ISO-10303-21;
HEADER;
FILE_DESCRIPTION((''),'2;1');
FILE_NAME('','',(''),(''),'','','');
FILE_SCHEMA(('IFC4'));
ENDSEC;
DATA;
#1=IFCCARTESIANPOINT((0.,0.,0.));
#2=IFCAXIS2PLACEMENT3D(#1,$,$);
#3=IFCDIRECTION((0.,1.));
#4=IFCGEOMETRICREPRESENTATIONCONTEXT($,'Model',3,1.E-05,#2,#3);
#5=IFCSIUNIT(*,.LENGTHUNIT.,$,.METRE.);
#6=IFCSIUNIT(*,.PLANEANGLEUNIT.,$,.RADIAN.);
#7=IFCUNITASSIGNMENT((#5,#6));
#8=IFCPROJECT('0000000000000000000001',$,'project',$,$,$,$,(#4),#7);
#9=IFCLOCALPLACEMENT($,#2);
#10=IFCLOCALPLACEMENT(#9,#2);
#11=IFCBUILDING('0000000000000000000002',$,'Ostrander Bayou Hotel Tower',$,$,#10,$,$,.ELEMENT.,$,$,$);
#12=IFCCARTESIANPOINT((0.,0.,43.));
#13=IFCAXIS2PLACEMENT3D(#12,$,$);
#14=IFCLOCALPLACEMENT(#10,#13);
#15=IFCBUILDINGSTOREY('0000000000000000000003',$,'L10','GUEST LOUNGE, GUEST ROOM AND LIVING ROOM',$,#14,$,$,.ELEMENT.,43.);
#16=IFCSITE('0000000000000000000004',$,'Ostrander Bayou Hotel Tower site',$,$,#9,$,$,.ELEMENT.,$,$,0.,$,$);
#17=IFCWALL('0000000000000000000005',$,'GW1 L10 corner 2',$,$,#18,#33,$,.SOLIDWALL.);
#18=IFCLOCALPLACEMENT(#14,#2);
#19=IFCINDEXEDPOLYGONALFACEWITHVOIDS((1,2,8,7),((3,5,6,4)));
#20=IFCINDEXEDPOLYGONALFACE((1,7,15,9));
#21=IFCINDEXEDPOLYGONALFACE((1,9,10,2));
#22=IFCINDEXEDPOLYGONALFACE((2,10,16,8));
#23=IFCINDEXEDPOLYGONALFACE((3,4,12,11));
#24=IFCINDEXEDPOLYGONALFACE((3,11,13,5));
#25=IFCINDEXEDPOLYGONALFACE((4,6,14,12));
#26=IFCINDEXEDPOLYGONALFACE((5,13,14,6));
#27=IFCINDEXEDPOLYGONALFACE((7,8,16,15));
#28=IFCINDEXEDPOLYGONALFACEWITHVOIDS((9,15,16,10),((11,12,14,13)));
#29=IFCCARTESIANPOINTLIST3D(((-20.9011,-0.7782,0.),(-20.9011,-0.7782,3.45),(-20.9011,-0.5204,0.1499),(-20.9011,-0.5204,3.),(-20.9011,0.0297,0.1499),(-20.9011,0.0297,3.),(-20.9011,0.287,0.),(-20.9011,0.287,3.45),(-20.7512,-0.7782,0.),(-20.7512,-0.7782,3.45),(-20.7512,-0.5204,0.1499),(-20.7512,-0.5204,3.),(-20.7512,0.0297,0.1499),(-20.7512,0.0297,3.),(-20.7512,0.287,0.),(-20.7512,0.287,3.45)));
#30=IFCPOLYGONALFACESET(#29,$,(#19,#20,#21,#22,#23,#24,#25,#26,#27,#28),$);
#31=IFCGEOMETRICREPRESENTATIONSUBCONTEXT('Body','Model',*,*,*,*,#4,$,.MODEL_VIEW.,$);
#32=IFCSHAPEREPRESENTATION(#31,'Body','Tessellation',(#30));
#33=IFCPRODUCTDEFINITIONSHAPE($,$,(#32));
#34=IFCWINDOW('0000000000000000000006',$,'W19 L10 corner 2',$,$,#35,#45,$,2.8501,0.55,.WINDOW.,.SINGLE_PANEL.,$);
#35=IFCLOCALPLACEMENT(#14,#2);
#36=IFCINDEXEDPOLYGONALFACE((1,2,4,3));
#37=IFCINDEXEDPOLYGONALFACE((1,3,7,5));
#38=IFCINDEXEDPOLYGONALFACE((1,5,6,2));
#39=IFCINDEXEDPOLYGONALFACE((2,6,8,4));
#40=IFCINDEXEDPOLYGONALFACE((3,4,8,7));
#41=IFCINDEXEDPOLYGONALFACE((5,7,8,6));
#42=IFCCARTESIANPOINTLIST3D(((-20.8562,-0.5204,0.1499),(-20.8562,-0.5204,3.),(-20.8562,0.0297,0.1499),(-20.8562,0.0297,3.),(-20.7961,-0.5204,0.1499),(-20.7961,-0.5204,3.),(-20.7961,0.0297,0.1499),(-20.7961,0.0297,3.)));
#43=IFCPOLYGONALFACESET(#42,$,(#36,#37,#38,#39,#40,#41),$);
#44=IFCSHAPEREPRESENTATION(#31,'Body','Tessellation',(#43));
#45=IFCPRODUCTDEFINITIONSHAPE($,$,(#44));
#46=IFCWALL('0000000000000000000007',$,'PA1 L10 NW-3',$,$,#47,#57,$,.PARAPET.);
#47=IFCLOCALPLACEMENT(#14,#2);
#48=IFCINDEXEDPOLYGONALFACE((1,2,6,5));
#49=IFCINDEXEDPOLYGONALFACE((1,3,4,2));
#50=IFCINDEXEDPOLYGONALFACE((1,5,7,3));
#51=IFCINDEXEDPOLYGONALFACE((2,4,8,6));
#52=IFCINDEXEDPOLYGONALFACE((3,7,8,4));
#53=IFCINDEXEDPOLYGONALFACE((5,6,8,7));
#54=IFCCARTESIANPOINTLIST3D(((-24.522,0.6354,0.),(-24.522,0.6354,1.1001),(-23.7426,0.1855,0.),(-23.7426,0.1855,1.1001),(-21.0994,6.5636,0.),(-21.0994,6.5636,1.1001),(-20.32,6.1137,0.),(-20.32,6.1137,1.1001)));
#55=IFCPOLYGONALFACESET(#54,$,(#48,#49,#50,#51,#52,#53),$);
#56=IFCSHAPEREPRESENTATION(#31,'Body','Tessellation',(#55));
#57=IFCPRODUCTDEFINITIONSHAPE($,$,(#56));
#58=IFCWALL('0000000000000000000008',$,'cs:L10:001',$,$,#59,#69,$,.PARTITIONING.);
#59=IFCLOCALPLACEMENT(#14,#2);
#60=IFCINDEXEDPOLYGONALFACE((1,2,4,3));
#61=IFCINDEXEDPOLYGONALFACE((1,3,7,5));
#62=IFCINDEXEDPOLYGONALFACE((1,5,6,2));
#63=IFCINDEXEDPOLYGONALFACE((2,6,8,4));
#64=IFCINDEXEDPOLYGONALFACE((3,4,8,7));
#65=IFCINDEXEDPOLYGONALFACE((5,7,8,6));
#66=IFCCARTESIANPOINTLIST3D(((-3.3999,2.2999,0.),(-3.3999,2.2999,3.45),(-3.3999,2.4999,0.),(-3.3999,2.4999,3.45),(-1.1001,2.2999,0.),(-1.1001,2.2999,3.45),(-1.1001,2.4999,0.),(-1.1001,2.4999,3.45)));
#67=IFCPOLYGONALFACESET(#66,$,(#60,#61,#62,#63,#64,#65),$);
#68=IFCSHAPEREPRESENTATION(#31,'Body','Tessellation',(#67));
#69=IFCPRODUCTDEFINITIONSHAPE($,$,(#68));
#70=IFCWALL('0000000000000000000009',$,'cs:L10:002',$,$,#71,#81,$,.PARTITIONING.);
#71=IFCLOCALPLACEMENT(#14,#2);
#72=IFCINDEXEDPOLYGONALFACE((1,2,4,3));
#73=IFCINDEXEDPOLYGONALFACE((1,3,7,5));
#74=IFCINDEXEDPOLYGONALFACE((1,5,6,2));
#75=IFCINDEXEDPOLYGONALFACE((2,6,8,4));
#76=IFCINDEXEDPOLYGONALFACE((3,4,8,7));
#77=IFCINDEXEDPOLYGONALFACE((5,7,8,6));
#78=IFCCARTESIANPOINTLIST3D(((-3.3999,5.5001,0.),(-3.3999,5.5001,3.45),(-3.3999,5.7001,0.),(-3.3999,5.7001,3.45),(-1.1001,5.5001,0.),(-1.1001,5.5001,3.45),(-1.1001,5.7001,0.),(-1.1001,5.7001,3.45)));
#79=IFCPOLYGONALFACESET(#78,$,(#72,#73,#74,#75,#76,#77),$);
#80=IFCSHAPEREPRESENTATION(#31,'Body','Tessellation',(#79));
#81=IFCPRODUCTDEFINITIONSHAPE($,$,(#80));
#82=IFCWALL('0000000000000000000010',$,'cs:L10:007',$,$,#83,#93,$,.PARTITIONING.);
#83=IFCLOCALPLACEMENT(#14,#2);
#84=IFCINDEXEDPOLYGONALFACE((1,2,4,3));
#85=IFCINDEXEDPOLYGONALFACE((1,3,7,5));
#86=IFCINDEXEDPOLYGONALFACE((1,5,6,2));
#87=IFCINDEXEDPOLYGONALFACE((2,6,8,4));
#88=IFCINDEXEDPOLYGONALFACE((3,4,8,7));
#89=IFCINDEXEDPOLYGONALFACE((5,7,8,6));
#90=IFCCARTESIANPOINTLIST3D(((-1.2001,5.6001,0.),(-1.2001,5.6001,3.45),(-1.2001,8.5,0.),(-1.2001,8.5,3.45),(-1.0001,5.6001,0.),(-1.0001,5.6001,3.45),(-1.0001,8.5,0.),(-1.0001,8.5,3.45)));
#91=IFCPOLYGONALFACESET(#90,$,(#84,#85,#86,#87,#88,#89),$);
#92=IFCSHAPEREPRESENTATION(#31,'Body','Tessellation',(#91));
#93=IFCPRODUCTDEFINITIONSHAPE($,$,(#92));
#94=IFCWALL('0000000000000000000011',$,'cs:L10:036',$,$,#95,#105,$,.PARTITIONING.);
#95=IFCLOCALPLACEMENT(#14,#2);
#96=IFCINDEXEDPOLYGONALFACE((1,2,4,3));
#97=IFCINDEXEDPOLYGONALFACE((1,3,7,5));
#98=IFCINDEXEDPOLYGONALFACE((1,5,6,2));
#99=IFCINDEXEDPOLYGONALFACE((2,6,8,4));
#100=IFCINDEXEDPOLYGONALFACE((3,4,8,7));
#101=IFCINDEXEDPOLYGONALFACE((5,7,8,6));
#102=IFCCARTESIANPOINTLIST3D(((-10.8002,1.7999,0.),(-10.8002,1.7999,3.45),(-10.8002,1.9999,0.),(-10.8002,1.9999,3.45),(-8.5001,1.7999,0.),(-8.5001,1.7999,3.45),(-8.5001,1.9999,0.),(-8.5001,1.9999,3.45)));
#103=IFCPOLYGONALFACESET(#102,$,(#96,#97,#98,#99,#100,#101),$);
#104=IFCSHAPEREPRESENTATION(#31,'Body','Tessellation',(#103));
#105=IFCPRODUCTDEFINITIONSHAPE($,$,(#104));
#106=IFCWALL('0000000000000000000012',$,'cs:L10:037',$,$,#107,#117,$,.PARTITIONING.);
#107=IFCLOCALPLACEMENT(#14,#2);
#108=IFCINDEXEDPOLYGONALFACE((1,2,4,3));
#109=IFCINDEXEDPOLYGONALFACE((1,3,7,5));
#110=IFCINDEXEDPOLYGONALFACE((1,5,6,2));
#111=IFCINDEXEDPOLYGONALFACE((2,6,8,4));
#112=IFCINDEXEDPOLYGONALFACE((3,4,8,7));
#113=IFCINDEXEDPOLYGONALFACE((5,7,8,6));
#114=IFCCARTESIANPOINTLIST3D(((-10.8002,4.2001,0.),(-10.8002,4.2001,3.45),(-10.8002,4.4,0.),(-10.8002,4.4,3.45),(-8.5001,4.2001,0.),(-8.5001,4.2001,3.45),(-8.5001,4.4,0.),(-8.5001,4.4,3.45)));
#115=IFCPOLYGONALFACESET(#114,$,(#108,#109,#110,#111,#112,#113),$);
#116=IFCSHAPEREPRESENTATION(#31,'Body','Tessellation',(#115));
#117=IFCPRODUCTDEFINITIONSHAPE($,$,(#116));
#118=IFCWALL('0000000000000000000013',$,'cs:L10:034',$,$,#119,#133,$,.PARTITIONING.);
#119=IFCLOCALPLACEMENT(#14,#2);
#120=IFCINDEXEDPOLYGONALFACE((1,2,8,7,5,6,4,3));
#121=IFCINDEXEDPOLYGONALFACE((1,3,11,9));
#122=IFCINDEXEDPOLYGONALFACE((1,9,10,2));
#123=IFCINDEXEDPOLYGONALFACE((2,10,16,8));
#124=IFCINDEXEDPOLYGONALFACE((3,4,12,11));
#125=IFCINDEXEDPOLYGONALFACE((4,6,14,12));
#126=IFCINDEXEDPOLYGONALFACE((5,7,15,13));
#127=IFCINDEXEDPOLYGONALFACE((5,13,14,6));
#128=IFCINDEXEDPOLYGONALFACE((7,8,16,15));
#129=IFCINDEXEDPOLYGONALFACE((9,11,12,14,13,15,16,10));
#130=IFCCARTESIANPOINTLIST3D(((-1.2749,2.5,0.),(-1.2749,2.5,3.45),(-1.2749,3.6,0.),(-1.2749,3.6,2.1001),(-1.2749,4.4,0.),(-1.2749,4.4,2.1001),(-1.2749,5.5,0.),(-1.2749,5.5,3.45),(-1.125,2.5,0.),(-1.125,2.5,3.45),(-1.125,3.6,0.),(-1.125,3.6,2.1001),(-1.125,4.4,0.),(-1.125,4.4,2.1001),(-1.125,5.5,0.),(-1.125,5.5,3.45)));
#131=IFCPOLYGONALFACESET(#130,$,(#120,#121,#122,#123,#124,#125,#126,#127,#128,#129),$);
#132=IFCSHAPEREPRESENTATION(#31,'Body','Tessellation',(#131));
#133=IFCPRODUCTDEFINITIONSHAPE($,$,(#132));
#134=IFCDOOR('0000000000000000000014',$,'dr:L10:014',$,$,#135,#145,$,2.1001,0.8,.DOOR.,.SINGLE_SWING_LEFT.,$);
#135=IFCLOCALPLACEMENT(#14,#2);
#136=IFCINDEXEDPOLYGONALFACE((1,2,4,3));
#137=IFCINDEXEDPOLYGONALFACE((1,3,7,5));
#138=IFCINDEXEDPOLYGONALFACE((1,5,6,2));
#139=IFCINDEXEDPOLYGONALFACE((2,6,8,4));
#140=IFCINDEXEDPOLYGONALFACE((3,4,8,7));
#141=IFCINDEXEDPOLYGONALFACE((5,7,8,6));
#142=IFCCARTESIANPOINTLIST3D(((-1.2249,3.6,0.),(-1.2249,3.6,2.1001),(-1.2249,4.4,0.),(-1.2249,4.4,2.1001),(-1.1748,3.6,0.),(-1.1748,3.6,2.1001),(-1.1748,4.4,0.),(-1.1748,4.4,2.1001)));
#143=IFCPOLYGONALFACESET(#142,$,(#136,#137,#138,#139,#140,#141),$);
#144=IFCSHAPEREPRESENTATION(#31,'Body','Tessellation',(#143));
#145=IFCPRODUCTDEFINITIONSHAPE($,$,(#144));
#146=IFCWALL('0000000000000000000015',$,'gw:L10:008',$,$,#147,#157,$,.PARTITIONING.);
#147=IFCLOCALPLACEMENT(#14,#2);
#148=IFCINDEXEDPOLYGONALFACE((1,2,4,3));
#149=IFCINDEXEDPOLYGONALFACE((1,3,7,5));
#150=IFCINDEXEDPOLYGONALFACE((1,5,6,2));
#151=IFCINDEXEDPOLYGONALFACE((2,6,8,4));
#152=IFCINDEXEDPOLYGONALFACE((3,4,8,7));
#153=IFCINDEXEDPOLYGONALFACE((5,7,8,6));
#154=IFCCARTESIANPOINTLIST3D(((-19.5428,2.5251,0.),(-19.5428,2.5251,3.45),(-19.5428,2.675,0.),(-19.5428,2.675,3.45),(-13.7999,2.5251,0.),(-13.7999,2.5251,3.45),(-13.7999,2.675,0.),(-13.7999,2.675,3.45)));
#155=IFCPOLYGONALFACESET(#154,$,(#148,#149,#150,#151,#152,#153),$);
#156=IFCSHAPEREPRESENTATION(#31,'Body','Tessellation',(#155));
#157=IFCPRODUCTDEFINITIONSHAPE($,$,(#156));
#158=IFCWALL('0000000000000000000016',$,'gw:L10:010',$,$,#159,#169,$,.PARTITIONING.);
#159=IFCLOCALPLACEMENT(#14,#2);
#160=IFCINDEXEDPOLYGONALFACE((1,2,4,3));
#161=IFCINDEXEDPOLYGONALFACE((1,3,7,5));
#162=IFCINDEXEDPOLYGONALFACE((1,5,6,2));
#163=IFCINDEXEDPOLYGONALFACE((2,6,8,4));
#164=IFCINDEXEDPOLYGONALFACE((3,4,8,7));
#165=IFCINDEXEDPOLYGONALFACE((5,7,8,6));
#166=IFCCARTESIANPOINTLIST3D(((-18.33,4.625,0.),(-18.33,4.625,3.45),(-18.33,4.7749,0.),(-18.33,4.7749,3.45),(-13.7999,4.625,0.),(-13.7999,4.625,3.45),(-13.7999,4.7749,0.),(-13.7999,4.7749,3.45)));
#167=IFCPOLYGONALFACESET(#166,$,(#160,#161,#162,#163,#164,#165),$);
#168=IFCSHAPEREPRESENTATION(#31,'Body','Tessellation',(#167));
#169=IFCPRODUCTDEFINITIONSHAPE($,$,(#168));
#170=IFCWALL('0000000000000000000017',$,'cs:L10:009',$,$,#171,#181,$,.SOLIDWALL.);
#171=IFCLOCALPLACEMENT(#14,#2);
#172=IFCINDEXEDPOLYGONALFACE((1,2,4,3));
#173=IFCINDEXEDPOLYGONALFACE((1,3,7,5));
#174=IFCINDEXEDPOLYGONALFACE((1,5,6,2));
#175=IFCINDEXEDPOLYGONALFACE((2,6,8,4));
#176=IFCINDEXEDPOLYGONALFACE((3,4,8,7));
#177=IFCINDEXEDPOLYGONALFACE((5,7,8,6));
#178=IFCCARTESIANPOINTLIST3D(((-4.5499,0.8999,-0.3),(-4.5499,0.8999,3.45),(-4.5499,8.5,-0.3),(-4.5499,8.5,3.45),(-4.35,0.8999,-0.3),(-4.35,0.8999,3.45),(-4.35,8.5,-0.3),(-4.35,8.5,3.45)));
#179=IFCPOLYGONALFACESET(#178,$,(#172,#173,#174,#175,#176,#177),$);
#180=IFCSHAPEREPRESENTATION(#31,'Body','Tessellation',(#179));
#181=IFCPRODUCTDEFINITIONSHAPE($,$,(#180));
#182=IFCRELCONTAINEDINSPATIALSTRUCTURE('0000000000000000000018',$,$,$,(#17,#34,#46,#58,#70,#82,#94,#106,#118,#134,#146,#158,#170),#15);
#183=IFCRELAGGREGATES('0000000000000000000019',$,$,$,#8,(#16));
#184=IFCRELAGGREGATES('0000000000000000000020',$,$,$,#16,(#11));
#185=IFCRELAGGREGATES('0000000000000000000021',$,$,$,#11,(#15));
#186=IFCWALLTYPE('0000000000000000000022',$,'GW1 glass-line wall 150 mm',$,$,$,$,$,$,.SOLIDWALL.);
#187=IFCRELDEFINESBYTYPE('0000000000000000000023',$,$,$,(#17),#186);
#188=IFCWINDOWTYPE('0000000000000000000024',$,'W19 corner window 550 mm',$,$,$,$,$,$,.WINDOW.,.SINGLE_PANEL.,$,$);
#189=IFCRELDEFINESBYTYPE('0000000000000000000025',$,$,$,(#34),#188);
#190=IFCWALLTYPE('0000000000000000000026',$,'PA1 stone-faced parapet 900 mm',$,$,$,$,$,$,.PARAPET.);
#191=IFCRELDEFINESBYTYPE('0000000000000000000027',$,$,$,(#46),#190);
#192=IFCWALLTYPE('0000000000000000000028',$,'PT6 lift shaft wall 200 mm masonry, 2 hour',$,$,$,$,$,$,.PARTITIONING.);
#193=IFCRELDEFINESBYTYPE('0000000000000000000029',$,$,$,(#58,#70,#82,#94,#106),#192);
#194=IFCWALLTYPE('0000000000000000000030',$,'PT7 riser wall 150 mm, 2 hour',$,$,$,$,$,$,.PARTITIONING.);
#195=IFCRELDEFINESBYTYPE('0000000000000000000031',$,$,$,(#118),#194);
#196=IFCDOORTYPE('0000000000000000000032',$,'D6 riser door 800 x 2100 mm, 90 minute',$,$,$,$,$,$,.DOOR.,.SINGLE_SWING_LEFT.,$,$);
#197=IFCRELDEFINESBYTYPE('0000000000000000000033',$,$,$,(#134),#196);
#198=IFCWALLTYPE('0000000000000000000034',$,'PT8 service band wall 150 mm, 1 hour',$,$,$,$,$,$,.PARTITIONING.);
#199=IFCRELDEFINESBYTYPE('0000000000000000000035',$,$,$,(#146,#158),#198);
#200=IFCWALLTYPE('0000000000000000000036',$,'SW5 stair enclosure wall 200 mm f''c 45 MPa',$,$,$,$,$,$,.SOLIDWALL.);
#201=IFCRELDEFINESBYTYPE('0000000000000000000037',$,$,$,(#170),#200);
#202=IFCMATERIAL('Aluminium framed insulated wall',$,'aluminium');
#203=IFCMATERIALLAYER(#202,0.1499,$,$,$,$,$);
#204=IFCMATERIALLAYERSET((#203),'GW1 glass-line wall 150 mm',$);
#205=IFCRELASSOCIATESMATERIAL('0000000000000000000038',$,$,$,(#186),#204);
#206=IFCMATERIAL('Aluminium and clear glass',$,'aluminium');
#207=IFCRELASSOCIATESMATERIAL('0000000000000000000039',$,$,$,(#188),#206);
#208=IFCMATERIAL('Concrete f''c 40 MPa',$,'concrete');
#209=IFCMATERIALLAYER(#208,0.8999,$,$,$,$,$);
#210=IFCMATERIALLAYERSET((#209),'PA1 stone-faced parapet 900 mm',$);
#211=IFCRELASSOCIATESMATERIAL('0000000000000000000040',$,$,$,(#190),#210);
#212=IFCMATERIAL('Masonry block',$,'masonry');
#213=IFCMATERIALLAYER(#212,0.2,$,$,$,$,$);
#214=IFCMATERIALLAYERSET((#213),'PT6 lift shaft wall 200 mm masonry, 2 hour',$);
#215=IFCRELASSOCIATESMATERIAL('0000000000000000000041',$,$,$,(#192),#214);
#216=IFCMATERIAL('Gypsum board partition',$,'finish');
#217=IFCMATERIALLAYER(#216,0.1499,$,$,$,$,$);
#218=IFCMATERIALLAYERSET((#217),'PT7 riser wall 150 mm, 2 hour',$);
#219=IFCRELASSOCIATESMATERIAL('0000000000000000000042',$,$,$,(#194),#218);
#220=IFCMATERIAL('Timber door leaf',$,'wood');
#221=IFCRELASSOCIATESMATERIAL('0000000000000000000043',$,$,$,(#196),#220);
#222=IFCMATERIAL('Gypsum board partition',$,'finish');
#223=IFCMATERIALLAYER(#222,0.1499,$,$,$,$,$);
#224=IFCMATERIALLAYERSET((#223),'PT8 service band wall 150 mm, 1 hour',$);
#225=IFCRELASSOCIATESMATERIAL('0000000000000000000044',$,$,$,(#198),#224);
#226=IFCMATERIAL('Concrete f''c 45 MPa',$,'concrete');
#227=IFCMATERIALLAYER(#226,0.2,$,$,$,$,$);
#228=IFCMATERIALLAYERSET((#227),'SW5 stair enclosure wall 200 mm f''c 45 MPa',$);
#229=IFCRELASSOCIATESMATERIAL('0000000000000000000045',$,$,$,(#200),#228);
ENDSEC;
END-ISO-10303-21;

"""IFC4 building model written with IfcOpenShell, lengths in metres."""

from ifc_helpers import new_model, si_unit, direction, frame, frame_2d, origin, place, context, subcontext, project, spatial, rectangle, extrude, material, layer, layer_set, type_object, element, fill, save


model = new_model("IFC4")

# Units and contexts
model_context = context("Model", 3, precision=1e-05, world=origin(), true_north=direction((0.0, 1.0)))
body_context = subcontext(model_context, "Body", "Model", "MODEL_VIEW")
ifc_project = project(units=[si_unit("LENGTHUNIT", "METRE"), si_unit("PLANEANGLEUNIT", "RADIAN")], contexts=[model_context])

# Site, building, storey
site_placement = place(None, origin())
site = spatial("IfcSite", under=ifc_project, at=site_placement, Name="Ostrander Bayou Hotel Tower site", CompositionType="ELEMENT", RefElevation=0.0)
building_placement = place(site_placement, origin())
building = spatial("IfcBuilding", under=site, at=building_placement, Name="Ostrander Bayou Hotel Tower", CompositionType="ELEMENT")
storey_placement = place(building_placement, frame((0.0, 0.0, 43.0)))
storey = spatial("IfcBuildingStorey", under=building, at=storey_placement, Name="L10", Description="GUEST LOUNGE, GUEST ROOM AND LIVING ROOM", CompositionType="ELEMENT", Elevation=43.0)

# Wall, opening, window
ifc_material_1 = material(Name="Aluminium framed insulated wall", Category="aluminium")
ifc_layer_1 = layer(ifc_material_1, 0.1499)
ifc_layer_set_1 = layer_set([ifc_layer_1], Name="GW1 glass-line wall 150 mm")
wall_type_1 = type_object("IfcWallType", Name="GW1 glass-line wall 150 mm", PredefinedType="SOLIDWALL", material=ifc_layer_set_1)
wall_1_placement = place(storey_placement, frame((-20.8262, 0.2871, 0.0), z_axis=(0.0, 0.0, 1.0), x_axis=(0.0, -1.0, 0.0)))
wall_1 = element("IfcWall", 1, at=wall_1_placement, inside=storey, type_object=wall_type_1, Name="GW1 L10 corner 2", PredefinedType="SOLIDWALL", context=body_context, shape_type="SweptSolid", body=[
    extrude(rectangle(XDim=1.0652, YDim=0.1499, at=frame_2d((0.5327, 0.0))), origin(), (0.0, 0.0, 1.0), 3.45),
])
opening_1_placement = place(wall_1_placement, frame((0.2576, 0.0, 0.1499)))
opening_1 = element("IfcOpeningElement", 2, at=opening_1_placement, cuts=wall_1, PredefinedType="OPENING", context=body_context, shape_type="SweptSolid", body=[
    extrude(rectangle(XDim=0.55, YDim=2.8501, at=frame_2d((0.2749, 1.425))), frame((0.0, 0.075, 0.0), z_axis=(0.0, -1.0, 0.0), x_axis=(1.0, 0.0, 0.0)), (0.0, 0.0, 1.0), 0.1499),
])
ifc_material_2 = material(Name="Aluminium and clear glass", Category="aluminium")
window_type = type_object("IfcWindowType", Name="W19 corner window 550 mm", PartitioningType="SINGLE_PANEL", PredefinedType="WINDOW", material=ifc_material_2)
window_placement = place(opening_1_placement, origin())
window = element("IfcWindow", 3, at=window_placement, inside=storey, type_object=window_type, Name="W19 L10 corner 2", OverallHeight=2.8501, OverallWidth=0.55, PartitioningType="SINGLE_PANEL", PredefinedType="WINDOW", context=body_context, shape_type="SweptSolid", body=[
    extrude(rectangle(XDim=0.55, YDim=2.8501, at=frame_2d((0.2749, 1.425))), frame((0.0, 0.03, 0.0), z_axis=(0.0, -1.0, 0.0), x_axis=(1.0, 0.0, 0.0)), (0.0, 0.0, 1.0), 0.0601),
])
fill(opening_1, window)

# Wall
ifc_material_3 = material(Name="Concrete f'c 40 MPa", Category="concrete")
ifc_layer_2 = layer(ifc_material_3, 0.8999)
ifc_layer_set_2 = layer_set([ifc_layer_2], Name="PA1 stone-faced parapet 900 mm")
wall_type_2 = type_object("IfcWallType", Name="PA1 stone-faced parapet 900 mm", PredefinedType="PARAPET", material=ifc_layer_set_2)
wall_2_placement = place(storey_placement, frame((-20.7097, 6.3386, 0.0), z_axis=(0.0, 0.0, 1.0), x_axis=(-0.499994, -0.866029, 0.0)))
element("IfcWall", 4, at=wall_2_placement, inside=storey, type_object=wall_type_2, Name="PA1 L10 NW-3", PredefinedType="PARAPET", context=body_context, shape_type="SweptSolid", body=[
    extrude(rectangle(XDim=6.8452, YDim=0.8999, at=frame_2d((3.4226, 0.0))), origin(), (0.0, 0.0, 1.0), 1.1001),
])

# Walls
ifc_material_4 = material(Name="Masonry block", Category="masonry")
ifc_layer_3 = layer(ifc_material_4, 0.2)
ifc_layer_set_3 = layer_set([ifc_layer_3], Name="PT6 lift shaft wall 200 mm masonry, 2 hour")
wall_type_3 = type_object("IfcWallType", Name="PT6 lift shaft wall 200 mm masonry, 2 hour", PredefinedType="PARTITIONING", material=ifc_layer_set_3)
for number, where, z_axis, x_axis, name in (
    (5, (-3.3999, 2.3999, 0.0), (0.0, 0.0, 1.0), (1.0, 0.0, 0.0), "cs:L10:001"),
    (6, (-3.3999, 5.6001, 0.0), (0.0, 0.0, 1.0), (1.0, 0.0, 0.0), "cs:L10:002"),
):
    element("IfcWall", number, at=place(storey_placement, frame(where, z_axis=z_axis, x_axis=x_axis)), inside=storey, type_object=wall_type_3, Name=name, PredefinedType="PARTITIONING", context=body_context, shape_type="SweptSolid", body=[
        extrude(rectangle(XDim=2.2998, YDim=0.2, at=frame_2d((1.1499, 0.0))), origin(), (0.0, 0.0, 1.0), 3.45),
    ])
wall_3_placement = place(storey_placement, frame((-1.1001, 5.6001, 0.0), z_axis=(0.0, 0.0, 1.0), x_axis=(0.0, 1.0, 0.0)))
element("IfcWall", 7, at=wall_3_placement, inside=storey, type_object=wall_type_3, Name="cs:L10:007", PredefinedType="PARTITIONING", context=body_context, shape_type="SweptSolid", body=[
    extrude(rectangle(XDim=2.8999, YDim=0.2, at=frame_2d((1.45, 0.0))), origin(), (0.0, 0.0, 1.0), 3.45),
])
for number, where, z_axis, x_axis, name in (
    (8, (-10.8, 1.8999, 0.0), (0.0, 0.0, 1.0), (1.0, 0.0, 0.0), "cs:L10:036"),
    (9, (-10.8, 4.3, 0.0), (0.0, 0.0, 1.0), (1.0, 0.0, 0.0), "cs:L10:037"),
):
    element("IfcWall", number, at=place(storey_placement, frame(where, z_axis=z_axis, x_axis=x_axis)), inside=storey, type_object=wall_type_3, Name=name, PredefinedType="PARTITIONING", context=body_context, shape_type="SweptSolid", body=[
        extrude(rectangle(XDim=2.3, YDim=0.2, at=frame_2d((1.1499, 0.0))), origin(), (0.0, 0.0, 1.0), 3.45),
    ])

# Wall, opening, door
ifc_material_5 = material(Name="Gypsum board partition", Category="finish")
ifc_layer_4 = layer(ifc_material_5, 0.1499)
ifc_layer_set_4 = layer_set([ifc_layer_4], Name="PT7 riser wall 150 mm, 2 hour")
wall_type_4 = type_object("IfcWallType", Name="PT7 riser wall 150 mm, 2 hour", PredefinedType="PARTITIONING", material=ifc_layer_set_4)
wall_4_placement = place(storey_placement, frame((-1.2, 2.5, 0.0), z_axis=(0.0, 0.0, 1.0), x_axis=(0.0, 1.0, 0.0)))
wall_4 = element("IfcWall", 10, at=wall_4_placement, inside=storey, type_object=wall_type_4, Name="cs:L10:034", PredefinedType="PARTITIONING", context=body_context, shape_type="SweptSolid", body=[
    extrude(rectangle(XDim=3.0, YDim=0.1499, at=frame_2d((1.5, 0.0))), origin(), (0.0, 0.0, 1.0), 3.45),
])
opening_2_placement = place(wall_4_placement, frame((1.1001, 0.0, 0.0)))
opening_2 = element("IfcOpeningElement", 11, at=opening_2_placement, cuts=wall_4, PredefinedType="OPENING", context=body_context, shape_type="SweptSolid", body=[
    extrude(rectangle(XDim=0.8, YDim=2.1001, at=frame_2d((0.3999, 1.05))), frame((0.0, 0.075, 0.0), z_axis=(0.0, -1.0, 0.0), x_axis=(1.0, 0.0, 0.0)), (0.0, 0.0, 1.0), 0.1499),
])
ifc_material_6 = material(Name="Timber door leaf", Category="wood")
door_type_1 = type_object("IfcDoorType", Name="D6 riser door 800 x 2100 mm, 90 minute", OperationType="SINGLE_SWING_LEFT", PredefinedType="DOOR", material=ifc_material_6)
door_1_placement = place(opening_2_placement, origin())
door_1 = element("IfcDoor", 12, at=door_1_placement, inside=storey, type_object=door_type_1, Name="dr:L10:014", OperationType="SINGLE_SWING_LEFT", OverallHeight=2.1001, OverallWidth=0.8, PredefinedType="DOOR", context=body_context, shape_type="SweptSolid", body=[
    extrude(rectangle(XDim=0.8, YDim=2.1001, at=frame_2d((0.3999, 1.05))), frame((0.0, 0.0249, 0.0), z_axis=(0.0, -1.0, 0.0), x_axis=(1.0, 0.0, 0.0)), (0.0, 0.0, 1.0), 0.05),
])
fill(opening_2, door_1)

# Walls
ifc_material_7 = material(Name="Gypsum board partition", Category="finish")
ifc_layer_5 = layer(ifc_material_7, 0.1499)
ifc_layer_set_5 = layer_set([ifc_layer_5], Name="PT8 service band wall 150 mm, 1 hour")
wall_type_5 = type_object("IfcWallType", Name="PT8 service band wall 150 mm, 1 hour", PredefinedType="PARTITIONING", material=ifc_layer_set_5)
wall_5_placement = place(storey_placement, frame((-19.543, 2.6001, 0.0), z_axis=(0.0, 0.0, 1.0), x_axis=(1.0, 0.0, 0.0)))
element("IfcWall", 13, at=wall_5_placement, inside=storey, type_object=wall_type_5, Name="gw:L10:008", PredefinedType="PARTITIONING", context=body_context, shape_type="SweptSolid", body=[
    extrude(rectangle(XDim=5.7429, YDim=0.1499, at=frame_2d((2.8716, 0.0))), origin(), (0.0, 0.0, 1.0), 3.45),
])
wall_6_placement = place(storey_placement, frame((-18.3301, 4.7, 0.0), z_axis=(0.0, 0.0, 1.0), x_axis=(1.0, 0.0, 0.0)))
element("IfcWall", 14, at=wall_6_placement, inside=storey, type_object=wall_type_5, Name="gw:L10:010", PredefinedType="PARTITIONING", context=body_context, shape_type="SweptSolid", body=[
    extrude(rectangle(XDim=4.53, YDim=0.1499, at=frame_2d((2.2651, 0.0))), origin(), (0.0, 0.0, 1.0), 3.45),
])
ifc_material_8 = material(Name="Concrete f'c 45 MPa", Category="concrete")
ifc_layer_6 = layer(ifc_material_8, 0.2)
ifc_layer_set_6 = layer_set([ifc_layer_6], Name="SW5 stair enclosure wall 200 mm f'c 45 MPa")
wall_type_6 = type_object("IfcWallType", Name="SW5 stair enclosure wall 200 mm f'c 45 MPa", PredefinedType="SOLIDWALL", material=ifc_layer_set_6)
wall_7_placement = place(storey_placement, frame((-4.45, 0.8999, -0.3), z_axis=(0.0, 0.0, 1.0), x_axis=(0.0, 1.0, 0.0)))
element("IfcWall", 15, at=wall_7_placement, inside=storey, type_object=wall_type_6, Name="cs:L10:009", PredefinedType="SOLIDWALL", context=body_context, shape_type="SweptSolid", body=[
    extrude(rectangle(XDim=7.6001, YDim=0.2, at=frame_2d((3.8, 0.0))), origin(), (0.0, 0.0, 1.0), 3.75),
])

save(model, "model.ifc")
